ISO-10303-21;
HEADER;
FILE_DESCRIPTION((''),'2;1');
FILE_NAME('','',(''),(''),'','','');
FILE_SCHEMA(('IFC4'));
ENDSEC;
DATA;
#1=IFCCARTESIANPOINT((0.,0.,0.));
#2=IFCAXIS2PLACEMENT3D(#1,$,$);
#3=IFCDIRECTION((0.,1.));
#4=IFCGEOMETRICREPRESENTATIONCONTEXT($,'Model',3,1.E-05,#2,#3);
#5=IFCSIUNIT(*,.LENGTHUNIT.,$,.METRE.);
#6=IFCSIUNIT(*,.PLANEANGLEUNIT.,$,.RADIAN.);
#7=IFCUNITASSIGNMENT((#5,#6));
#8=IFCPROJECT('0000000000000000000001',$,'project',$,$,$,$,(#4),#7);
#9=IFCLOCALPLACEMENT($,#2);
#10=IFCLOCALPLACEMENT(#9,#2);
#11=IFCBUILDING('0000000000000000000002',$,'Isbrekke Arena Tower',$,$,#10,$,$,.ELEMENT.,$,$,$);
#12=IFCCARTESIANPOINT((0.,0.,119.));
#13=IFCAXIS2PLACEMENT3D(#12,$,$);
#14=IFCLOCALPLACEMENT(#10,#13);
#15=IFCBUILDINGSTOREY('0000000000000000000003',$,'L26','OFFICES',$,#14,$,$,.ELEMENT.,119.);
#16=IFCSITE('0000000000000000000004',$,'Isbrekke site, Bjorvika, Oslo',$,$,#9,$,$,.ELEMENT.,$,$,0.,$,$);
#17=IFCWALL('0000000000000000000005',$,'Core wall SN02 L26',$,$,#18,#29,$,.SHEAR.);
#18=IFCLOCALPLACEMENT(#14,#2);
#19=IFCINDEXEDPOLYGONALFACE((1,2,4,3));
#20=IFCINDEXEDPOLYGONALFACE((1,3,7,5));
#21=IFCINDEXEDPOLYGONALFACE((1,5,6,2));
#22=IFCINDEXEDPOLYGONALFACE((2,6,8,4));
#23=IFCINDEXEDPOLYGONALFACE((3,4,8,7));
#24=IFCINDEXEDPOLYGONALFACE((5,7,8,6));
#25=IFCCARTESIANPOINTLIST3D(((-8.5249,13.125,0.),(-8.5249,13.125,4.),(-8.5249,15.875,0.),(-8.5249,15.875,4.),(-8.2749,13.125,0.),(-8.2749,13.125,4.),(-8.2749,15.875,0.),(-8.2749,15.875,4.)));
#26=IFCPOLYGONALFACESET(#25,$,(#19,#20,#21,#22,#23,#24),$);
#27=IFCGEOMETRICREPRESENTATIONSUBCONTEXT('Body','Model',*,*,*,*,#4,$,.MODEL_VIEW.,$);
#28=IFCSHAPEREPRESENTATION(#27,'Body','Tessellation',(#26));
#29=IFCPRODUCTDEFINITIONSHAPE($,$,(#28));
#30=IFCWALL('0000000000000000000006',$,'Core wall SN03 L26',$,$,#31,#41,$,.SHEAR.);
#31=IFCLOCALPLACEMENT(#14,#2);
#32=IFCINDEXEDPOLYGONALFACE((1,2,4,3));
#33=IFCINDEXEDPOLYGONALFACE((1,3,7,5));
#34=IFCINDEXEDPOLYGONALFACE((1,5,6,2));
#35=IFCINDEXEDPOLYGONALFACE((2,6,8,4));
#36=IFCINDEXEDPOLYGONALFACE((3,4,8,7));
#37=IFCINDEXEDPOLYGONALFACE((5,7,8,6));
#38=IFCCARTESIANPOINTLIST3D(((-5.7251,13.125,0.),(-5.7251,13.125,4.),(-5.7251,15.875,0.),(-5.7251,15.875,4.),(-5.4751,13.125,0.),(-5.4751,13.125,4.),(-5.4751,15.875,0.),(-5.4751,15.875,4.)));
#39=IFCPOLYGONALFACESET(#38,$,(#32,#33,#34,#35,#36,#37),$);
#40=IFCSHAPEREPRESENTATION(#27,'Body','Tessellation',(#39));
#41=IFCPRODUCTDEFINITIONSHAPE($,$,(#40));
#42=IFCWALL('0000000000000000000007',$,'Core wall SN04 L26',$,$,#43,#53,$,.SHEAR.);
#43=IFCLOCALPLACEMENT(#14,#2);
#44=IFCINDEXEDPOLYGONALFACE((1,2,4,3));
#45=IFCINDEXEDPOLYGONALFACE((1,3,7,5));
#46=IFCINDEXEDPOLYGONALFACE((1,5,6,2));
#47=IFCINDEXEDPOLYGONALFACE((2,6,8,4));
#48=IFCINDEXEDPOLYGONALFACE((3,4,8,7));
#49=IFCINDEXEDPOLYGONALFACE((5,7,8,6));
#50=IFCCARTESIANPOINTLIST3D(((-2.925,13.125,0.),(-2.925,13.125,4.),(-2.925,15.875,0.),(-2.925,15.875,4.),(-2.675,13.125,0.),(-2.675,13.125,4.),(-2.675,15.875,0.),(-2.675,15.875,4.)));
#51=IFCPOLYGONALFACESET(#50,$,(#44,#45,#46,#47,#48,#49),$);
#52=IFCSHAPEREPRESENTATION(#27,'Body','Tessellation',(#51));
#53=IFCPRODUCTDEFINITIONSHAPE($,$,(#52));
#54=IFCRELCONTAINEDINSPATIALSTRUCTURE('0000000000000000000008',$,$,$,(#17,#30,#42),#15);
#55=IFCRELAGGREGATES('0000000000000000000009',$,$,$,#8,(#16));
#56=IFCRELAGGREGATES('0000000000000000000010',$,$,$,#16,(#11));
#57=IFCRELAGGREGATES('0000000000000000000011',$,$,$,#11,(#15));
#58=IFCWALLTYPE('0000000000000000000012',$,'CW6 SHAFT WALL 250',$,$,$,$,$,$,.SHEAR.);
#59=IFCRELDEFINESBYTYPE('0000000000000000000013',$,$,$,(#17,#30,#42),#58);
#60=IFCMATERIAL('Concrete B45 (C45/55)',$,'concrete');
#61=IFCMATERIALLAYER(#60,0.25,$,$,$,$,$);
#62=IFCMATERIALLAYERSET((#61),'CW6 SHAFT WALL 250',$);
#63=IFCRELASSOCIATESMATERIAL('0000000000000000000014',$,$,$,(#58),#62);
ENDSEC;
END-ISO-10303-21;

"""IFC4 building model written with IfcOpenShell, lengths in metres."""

from ifc_helpers import new_model, si_unit, direction, frame, frame_2d, origin, place, context, subcontext, project, spatial, rectangle, extrude, material, layer, layer_set, type_object, element, save


model = new_model("IFC4")

# Units and contexts
model_context = context("Model", 3, precision=1e-05, world=origin(), true_north=direction((0.0, 1.0)))
body_context = subcontext(model_context, "Body", "Model", "MODEL_VIEW")
ifc_project = project(units=[si_unit("LENGTHUNIT", "METRE"), si_unit("PLANEANGLEUNIT", "RADIAN")], contexts=[model_context])

# Site, building, storey
site_placement = place(None, origin())
site = spatial("IfcSite", under=ifc_project, at=site_placement, Name="Isbrekke site, Bjorvika, Oslo", CompositionType="ELEMENT", RefElevation=0.0)
building_placement = place(site_placement, origin())
building = spatial("IfcBuilding", under=site, at=building_placement, Name="Isbrekke Arena Tower", CompositionType="ELEMENT")
storey_placement = place(building_placement, frame((0.0, 0.0, 119.0)))
storey = spatial("IfcBuildingStorey", under=building, at=storey_placement, Name="L26", Description="OFFICES", CompositionType="ELEMENT", Elevation=119.0)

# Shared definitions
ifc_material_1 = material(Name="Concrete B45 (C45/55)", Category="concrete")
ifc_layer_1 = layer(ifc_material_1, 0.25)
ifc_layer_set_1 = layer_set([ifc_layer_1], Name="CW6 SHAFT WALL 250")
wall_type_1 = type_object("IfcWallType", Name="CW6 SHAFT WALL 250", PredefinedType="SHEAR", material=ifc_layer_set_1)

# Walls
for number, where, z_axis, x_axis, name in (
    (1, (-8.3999, 13.125, 0.0), (0.0, 0.0, 1.0), (0.0, 1.0, 0.0), "Core wall SN02 L26"),
    (2, (-5.6001, 13.125, 0.0), (0.0, 0.0, 1.0), (0.0, 1.0, 0.0), "Core wall SN03 L26"),
    (3, (-2.8, 13.125, 0.0), (0.0, 0.0, 1.0), (0.0, 1.0, 0.0), "Core wall SN04 L26"),
):
    element("IfcWall", number, at=place(storey_placement, frame(where, z_axis=z_axis, x_axis=x_axis)), inside=storey, type_object=wall_type_1, Name=name, PredefinedType="SHEAR", context=body_context, shape_type="SweptSolid", body=[
        extrude(rectangle(XDim=2.75, YDim=0.25, at=frame_2d((1.375, 0.0))), origin(), (0.0, 0.0, 1.0), 4.0),
    ])

save(model, "model.ifc")
